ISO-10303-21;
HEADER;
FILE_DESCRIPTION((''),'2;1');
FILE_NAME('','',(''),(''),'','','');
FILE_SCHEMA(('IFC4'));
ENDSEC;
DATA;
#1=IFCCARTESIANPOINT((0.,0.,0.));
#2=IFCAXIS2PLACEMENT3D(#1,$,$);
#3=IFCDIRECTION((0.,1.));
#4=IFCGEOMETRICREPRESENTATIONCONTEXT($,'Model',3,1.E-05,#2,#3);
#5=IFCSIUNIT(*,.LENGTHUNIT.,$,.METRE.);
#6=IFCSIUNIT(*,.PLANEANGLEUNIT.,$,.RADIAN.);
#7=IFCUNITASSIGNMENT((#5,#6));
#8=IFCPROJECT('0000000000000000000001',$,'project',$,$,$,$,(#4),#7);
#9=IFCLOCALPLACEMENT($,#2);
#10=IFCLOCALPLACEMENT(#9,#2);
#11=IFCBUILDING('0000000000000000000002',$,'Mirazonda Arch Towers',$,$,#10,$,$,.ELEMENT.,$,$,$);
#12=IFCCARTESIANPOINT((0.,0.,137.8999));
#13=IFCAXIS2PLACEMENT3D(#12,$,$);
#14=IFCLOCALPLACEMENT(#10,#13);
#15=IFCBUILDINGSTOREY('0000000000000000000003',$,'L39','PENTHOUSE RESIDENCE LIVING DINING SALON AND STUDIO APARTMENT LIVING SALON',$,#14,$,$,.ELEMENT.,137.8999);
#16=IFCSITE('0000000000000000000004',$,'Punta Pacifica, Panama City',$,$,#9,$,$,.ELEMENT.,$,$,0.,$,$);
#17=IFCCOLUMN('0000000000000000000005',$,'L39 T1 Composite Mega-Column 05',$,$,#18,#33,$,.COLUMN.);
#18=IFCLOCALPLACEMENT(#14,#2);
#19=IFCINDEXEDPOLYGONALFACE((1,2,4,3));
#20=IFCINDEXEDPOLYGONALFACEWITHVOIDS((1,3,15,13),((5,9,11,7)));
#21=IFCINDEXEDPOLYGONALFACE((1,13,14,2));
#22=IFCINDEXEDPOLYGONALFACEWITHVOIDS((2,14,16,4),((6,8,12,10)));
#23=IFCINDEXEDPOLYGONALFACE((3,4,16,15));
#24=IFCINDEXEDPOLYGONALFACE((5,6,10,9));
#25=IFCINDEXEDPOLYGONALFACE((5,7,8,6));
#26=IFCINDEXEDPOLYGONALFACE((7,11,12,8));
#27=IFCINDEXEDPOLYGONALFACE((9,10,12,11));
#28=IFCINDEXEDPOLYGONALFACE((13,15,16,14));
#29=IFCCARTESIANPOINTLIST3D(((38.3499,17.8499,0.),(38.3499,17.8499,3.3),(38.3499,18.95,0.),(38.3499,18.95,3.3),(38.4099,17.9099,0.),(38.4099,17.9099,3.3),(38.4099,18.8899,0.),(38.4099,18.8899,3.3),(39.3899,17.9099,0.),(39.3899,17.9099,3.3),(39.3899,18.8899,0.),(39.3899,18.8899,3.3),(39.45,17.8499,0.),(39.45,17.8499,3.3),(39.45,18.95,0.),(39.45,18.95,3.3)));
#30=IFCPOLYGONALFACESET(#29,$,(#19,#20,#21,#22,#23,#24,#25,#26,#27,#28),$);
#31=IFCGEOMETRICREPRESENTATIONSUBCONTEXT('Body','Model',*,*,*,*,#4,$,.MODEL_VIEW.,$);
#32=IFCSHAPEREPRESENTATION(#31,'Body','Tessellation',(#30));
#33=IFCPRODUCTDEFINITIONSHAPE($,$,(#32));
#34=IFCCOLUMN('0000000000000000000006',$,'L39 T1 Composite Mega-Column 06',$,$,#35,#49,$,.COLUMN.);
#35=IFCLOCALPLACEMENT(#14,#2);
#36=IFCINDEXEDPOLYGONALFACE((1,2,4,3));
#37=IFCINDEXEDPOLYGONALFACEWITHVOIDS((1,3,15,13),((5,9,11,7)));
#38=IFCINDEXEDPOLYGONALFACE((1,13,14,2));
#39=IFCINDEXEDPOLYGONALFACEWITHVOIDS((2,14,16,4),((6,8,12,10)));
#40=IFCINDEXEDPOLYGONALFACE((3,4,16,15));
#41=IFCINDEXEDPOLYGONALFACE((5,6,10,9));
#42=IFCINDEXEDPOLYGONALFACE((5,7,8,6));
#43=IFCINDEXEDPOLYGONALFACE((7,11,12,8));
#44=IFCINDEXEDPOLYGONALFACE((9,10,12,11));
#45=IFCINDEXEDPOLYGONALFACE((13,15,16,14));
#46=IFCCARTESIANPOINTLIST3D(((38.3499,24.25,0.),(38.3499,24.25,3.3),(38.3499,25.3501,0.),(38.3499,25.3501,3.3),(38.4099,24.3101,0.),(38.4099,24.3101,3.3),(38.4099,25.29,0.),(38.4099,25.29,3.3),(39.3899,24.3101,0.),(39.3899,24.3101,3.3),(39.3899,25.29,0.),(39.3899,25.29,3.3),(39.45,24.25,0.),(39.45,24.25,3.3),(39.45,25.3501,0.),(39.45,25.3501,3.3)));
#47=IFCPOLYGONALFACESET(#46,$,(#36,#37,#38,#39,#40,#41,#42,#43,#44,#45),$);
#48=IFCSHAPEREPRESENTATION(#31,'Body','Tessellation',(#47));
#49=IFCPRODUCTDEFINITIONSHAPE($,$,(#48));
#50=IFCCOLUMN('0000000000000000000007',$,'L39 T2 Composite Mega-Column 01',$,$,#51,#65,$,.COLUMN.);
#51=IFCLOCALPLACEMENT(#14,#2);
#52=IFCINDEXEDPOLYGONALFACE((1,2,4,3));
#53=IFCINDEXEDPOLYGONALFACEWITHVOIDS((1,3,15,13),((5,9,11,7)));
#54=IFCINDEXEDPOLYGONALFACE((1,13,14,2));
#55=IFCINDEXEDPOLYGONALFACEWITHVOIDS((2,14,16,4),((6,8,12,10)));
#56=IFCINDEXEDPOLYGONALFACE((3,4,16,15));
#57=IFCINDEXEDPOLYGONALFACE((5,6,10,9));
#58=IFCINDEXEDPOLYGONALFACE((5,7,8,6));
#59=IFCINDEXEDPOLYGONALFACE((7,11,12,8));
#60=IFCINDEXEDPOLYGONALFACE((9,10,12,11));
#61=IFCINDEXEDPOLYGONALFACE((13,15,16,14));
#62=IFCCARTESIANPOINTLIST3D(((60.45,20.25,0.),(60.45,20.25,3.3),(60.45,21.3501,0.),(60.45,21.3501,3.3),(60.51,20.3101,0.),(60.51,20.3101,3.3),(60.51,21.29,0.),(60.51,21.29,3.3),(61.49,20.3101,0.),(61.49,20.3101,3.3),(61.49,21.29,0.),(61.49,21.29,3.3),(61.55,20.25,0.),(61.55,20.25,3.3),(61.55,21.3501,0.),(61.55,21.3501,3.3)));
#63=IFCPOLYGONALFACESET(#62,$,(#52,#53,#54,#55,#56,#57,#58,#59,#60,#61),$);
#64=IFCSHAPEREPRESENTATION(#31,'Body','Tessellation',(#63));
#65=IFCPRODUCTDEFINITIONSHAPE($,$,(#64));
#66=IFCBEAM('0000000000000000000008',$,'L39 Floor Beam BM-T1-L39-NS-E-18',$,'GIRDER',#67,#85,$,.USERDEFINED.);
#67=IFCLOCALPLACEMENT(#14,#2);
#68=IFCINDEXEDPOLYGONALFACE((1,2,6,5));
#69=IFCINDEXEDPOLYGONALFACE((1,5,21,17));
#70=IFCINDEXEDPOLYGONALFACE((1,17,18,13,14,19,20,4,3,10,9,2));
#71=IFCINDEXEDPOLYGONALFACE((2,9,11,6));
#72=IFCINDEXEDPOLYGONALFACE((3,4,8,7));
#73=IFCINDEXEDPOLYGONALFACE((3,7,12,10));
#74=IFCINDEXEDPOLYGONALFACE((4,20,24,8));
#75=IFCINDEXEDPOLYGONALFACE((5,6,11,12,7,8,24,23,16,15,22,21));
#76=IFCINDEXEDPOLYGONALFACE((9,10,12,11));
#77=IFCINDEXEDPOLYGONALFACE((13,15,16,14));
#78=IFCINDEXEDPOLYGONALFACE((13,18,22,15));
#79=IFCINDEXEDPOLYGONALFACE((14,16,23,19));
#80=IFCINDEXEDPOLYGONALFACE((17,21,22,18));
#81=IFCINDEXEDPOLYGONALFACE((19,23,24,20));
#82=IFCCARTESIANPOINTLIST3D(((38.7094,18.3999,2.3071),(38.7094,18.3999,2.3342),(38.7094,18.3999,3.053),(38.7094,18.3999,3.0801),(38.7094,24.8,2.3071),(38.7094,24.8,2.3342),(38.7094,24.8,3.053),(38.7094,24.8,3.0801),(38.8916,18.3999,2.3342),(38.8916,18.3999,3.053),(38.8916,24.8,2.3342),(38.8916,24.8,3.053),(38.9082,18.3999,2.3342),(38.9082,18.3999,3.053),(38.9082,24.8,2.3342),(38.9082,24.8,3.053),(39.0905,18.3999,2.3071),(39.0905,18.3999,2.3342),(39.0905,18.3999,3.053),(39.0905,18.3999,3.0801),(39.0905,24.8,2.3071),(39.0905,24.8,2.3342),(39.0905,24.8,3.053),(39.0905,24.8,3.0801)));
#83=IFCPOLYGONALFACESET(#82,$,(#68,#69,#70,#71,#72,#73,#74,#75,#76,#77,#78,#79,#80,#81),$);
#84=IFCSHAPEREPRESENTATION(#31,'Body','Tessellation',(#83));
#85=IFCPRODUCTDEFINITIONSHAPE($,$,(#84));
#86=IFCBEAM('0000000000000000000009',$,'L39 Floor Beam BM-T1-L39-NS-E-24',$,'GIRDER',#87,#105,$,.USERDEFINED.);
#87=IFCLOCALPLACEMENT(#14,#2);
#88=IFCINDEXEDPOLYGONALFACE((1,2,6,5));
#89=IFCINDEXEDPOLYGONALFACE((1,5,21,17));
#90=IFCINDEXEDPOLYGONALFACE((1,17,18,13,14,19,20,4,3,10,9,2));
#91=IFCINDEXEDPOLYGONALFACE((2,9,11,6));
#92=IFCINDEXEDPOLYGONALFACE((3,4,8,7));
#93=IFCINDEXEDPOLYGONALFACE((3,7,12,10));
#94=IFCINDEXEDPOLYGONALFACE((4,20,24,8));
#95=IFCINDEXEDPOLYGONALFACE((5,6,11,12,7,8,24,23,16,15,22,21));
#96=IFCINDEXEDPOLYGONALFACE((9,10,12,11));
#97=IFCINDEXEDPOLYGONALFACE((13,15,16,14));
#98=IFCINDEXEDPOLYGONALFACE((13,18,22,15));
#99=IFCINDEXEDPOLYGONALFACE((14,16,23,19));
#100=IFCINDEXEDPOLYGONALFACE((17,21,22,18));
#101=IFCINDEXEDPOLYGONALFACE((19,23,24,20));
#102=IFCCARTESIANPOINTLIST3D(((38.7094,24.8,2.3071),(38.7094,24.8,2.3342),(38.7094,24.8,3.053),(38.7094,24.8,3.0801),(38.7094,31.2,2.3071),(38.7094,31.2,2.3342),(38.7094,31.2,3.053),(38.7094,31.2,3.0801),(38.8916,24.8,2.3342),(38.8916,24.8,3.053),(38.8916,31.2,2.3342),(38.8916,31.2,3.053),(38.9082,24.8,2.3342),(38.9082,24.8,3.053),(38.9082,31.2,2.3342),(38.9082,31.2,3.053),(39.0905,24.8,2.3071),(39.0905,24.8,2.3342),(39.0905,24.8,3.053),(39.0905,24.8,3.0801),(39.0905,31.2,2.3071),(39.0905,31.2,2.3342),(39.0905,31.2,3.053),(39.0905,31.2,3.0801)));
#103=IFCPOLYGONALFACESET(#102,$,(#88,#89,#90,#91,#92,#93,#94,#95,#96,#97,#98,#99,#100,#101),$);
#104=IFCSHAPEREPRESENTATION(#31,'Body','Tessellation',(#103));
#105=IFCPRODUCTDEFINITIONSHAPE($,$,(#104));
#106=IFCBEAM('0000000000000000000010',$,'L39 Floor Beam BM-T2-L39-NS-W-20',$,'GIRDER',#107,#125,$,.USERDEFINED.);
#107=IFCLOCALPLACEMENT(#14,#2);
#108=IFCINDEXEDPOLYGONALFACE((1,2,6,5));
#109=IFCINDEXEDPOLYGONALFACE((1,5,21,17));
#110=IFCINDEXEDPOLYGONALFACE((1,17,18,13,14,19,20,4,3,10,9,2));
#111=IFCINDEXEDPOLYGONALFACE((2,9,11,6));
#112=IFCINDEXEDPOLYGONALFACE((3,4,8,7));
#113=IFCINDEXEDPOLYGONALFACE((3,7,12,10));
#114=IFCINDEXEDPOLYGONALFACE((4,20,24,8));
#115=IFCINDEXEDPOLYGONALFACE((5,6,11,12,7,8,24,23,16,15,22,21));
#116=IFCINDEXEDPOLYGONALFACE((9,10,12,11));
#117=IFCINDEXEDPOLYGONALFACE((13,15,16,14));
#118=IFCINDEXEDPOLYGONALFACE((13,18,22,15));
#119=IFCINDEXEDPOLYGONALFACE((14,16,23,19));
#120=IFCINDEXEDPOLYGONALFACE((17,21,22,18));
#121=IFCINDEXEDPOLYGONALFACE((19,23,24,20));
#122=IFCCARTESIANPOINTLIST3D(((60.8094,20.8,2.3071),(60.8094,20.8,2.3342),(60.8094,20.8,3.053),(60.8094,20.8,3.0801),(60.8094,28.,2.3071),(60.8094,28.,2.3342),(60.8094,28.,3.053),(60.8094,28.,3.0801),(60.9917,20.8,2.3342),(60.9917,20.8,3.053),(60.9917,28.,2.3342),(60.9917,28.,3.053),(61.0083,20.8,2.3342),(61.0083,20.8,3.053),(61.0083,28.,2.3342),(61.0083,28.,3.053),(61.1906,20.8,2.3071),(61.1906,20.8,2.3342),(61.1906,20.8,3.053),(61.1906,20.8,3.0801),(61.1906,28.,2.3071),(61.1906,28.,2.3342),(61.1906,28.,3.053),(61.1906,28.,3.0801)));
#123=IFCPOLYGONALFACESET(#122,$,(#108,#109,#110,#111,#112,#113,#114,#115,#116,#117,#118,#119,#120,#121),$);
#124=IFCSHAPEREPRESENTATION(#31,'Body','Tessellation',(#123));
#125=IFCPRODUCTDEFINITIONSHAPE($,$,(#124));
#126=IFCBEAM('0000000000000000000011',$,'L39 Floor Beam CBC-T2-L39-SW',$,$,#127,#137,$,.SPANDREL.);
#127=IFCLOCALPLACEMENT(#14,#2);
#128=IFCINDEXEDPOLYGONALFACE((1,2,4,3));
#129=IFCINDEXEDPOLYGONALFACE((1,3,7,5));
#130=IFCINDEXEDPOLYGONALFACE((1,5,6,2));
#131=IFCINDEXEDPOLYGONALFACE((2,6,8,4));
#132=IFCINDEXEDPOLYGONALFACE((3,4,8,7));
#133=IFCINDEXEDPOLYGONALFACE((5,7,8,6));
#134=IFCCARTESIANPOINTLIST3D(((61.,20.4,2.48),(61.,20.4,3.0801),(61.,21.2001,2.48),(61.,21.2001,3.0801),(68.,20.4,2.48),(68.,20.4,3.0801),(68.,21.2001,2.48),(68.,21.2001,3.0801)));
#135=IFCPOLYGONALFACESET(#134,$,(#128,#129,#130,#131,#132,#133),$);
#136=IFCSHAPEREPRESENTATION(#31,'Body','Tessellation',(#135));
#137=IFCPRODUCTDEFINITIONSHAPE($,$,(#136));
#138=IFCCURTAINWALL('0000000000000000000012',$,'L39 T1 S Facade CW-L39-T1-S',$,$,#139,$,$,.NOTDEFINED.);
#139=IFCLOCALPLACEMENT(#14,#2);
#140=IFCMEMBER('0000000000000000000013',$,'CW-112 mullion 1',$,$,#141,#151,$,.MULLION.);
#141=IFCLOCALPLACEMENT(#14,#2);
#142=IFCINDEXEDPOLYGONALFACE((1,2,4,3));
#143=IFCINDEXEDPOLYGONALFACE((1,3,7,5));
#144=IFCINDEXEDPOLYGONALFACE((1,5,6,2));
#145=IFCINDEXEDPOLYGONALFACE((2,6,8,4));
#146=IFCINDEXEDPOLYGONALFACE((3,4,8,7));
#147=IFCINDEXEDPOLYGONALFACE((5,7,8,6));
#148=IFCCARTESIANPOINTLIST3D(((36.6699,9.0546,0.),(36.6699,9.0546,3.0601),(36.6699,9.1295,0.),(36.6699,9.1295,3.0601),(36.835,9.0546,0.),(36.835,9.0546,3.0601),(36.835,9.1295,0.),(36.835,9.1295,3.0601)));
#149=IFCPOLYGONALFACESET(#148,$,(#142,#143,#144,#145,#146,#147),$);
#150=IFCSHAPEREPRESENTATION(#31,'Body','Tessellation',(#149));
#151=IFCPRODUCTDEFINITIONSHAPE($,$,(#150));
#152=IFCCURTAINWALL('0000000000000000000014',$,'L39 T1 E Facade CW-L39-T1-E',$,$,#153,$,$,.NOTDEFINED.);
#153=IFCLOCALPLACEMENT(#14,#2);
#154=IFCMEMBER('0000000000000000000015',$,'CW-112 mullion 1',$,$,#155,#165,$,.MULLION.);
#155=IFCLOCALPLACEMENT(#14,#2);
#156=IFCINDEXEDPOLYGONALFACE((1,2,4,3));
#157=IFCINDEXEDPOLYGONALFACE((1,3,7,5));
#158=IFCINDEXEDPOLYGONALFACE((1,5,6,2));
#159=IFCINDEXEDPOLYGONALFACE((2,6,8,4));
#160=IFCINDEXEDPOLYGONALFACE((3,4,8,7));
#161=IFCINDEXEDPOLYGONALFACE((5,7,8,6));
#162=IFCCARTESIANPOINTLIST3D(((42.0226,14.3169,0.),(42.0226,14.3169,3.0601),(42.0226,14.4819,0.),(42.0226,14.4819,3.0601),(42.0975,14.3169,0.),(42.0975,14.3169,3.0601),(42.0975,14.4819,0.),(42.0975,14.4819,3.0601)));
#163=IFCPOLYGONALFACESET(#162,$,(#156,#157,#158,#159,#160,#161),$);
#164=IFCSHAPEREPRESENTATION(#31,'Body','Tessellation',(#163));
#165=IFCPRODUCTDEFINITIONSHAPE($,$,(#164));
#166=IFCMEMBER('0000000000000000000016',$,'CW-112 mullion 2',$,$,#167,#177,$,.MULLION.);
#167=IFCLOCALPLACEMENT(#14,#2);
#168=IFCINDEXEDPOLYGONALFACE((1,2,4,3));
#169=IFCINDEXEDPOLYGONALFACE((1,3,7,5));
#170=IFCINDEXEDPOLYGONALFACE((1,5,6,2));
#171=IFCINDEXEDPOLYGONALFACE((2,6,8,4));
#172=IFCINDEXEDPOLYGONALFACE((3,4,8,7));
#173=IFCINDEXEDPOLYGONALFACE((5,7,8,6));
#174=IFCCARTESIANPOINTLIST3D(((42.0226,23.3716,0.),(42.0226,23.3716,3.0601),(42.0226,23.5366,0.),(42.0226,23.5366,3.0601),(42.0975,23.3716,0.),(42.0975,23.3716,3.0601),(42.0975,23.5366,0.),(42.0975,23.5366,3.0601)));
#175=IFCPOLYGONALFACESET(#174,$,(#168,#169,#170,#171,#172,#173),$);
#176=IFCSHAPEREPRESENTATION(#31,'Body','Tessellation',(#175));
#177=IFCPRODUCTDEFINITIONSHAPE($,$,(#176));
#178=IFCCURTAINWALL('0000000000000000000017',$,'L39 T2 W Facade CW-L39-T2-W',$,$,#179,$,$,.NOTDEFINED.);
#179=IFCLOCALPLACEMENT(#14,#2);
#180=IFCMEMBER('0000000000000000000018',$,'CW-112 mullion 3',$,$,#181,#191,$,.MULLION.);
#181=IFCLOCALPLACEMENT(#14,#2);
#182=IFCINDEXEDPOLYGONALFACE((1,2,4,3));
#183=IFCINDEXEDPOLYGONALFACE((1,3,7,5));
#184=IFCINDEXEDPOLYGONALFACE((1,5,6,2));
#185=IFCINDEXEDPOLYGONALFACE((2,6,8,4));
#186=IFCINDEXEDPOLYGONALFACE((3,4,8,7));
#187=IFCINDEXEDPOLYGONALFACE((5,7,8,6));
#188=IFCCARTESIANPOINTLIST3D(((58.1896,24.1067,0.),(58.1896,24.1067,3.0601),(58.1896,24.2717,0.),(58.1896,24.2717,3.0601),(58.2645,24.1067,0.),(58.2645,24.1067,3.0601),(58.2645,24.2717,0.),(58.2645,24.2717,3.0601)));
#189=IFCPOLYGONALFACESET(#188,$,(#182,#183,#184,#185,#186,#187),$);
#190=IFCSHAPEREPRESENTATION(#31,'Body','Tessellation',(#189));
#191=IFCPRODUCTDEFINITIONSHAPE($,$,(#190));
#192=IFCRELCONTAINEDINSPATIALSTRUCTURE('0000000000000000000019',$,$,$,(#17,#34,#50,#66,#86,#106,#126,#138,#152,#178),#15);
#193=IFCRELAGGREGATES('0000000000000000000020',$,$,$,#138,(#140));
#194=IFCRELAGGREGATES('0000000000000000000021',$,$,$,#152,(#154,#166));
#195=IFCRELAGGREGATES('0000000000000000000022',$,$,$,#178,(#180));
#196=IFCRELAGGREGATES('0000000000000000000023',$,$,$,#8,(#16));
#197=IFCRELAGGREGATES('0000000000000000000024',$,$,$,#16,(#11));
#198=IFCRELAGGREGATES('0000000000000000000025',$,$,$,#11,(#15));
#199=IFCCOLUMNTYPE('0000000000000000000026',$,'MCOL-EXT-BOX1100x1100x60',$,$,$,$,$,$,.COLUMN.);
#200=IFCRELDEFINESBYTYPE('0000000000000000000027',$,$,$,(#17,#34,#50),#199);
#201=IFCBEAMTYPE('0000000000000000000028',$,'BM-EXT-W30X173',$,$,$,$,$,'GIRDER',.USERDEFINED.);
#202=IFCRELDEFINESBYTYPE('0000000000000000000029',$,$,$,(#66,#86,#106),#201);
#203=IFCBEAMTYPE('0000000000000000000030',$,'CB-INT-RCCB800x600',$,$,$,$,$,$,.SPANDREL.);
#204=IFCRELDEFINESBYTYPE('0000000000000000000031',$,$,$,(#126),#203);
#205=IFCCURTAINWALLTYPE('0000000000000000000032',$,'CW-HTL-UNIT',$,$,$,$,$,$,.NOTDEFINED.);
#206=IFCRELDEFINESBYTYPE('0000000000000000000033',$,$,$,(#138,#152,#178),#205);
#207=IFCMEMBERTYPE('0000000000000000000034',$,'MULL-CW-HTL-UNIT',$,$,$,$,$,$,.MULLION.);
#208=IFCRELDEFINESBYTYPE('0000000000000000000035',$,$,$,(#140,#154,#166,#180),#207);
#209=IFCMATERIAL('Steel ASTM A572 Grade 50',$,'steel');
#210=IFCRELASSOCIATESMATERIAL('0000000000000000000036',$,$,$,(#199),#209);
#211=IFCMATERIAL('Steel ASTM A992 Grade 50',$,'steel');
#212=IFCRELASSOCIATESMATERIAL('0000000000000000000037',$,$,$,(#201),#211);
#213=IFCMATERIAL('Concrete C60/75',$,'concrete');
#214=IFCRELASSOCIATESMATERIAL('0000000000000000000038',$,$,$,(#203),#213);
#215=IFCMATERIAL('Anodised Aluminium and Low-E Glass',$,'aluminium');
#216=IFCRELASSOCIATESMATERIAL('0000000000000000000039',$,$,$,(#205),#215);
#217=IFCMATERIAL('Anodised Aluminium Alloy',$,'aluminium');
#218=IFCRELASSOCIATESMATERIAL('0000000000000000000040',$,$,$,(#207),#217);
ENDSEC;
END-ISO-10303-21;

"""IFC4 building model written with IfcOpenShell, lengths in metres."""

from ifc_helpers import new_model, si_unit, direction, frame, origin, origin_2d, place, context, subcontext, project, spatial, rectangle, hollow_rectangle, i_section, extrude, material, material_profile, profile_set, type_object, element, aggregate, save


model = new_model("IFC4")

# Units and contexts
model_context = context("Model", 3, precision=1e-05, world=origin(), true_north=direction((0.0, 1.0)))
body_context = subcontext(model_context, "Body", "Model", "MODEL_VIEW")
ifc_project = project(units=[si_unit("LENGTHUNIT", "METRE"), si_unit("PLANEANGLEUNIT", "RADIAN")], contexts=[model_context])

# Site, building, storey
site_placement = place(None, origin())
site = spatial("IfcSite", under=ifc_project, at=site_placement, Name="Punta Pacifica, Panama City", CompositionType="ELEMENT", RefElevation=0.0)
building_placement = place(site_placement, origin())
building = spatial("IfcBuilding", under=site, at=building_placement, Name="Mirazonda Arch Towers", CompositionType="ELEMENT")
storey_placement = place(building_placement, frame((0.0, 0.0, 137.8999)))
storey = spatial("IfcBuildingStorey", under=building, at=storey_placement, Name="L39", Description="PENTHOUSE RESIDENCE LIVING DINING SALON AND STUDIO APARTMENT LIVING SALON", CompositionType="ELEMENT", Elevation=137.8999)

# Columns
ifc_material_1 = material(Name="Steel ASTM A572 Grade 50", Category="steel")
ifc_material_profile_1 = material_profile(ifc_material_1, hollow_rectangle(XDim=1.1001, YDim=1.1001, WallThickness=0.0601, at=origin_2d()), Name="BOX1100x1100x60")
ifc_profile_set_1 = profile_set([ifc_material_profile_1], Name="Steel ASTM A572 Grade 50")
column_type = type_object("IfcColumnType", Name="MCOL-EXT-BOX1100x1100x60", PredefinedType="COLUMN", material=ifc_profile_set_1)
for number, where, z_axis, x_axis, name in (
    (1, (38.8999, 18.3999, 0.0), (0.0, 0.0, 1.0), (1.0, 0.0, 0.0), "L39 T1 Composite Mega-Column 05"),
    (2, (38.8999, 24.8, 0.0), (0.0, 0.0, 1.0), (1.0, 0.0, 0.0), "L39 T1 Composite Mega-Column 06"),
    (3, (61.0, 20.8, 0.0), (0.0, 0.0, 1.0), (1.0, 0.0, 0.0), "L39 T2 Composite Mega-Column 01"),
):
    element("IfcColumn", number, at=place(storey_placement, frame(where, z_axis=z_axis, x_axis=x_axis)), inside=storey, type_object=column_type, Name=name, PredefinedType="COLUMN", context=body_context, shape_type="SweptSolid", body=[
        extrude(hollow_rectangle(XDim=1.1001, YDim=1.1001, WallThickness=0.0601, at=origin_2d()), origin(), (0.0, 0.0, 1.0), 3.3),
    ])

# Beams
ifc_material_2 = material(Name="Steel ASTM A992 Grade 50", Category="steel")
ifc_material_profile_2 = material_profile(ifc_material_2, i_section(OverallWidth=0.3811, OverallDepth=0.7729, WebThickness=0.0166, FlangeThickness=0.0271, at=origin_2d()), Name="W30X173")
ifc_profile_set_2 = profile_set([ifc_material_profile_2], Name="Steel ASTM A992 Grade 50")
beam_type_1 = type_object("IfcBeamType", Name="BM-EXT-W30X173", ElementType="GIRDER", PredefinedType="USERDEFINED", material=ifc_profile_set_2)
beam_1_placement = place(storey_placement, frame((38.8999, 18.3999, 2.6936), z_axis=(0.0, 1.0, 0.0), x_axis=(-1.0, 0.0, 0.0)))
element("IfcBeam", 4, at=beam_1_placement, inside=storey, type_object=beam_type_1, Name="L39 Floor Beam BM-T1-L39-NS-E-18", ObjectType="GIRDER", PredefinedType="USERDEFINED", context=body_context, shape_type="SweptSolid", body=[
    extrude(i_section(OverallWidth=0.3811, OverallDepth=0.7729, WebThickness=0.0166, FlangeThickness=0.0271, at=origin_2d()), origin(), (0.0, 0.0, 1.0), 6.4001),
])
beam_2_placement = place(storey_placement, frame((38.8999, 24.8, 2.6936), z_axis=(0.0, 1.0, 0.0), x_axis=(-1.0, 0.0, 0.0)))
element("IfcBeam", 5, at=beam_2_placement, inside=storey, type_object=beam_type_1, Name="L39 Floor Beam BM-T1-L39-NS-E-24", ObjectType="GIRDER", PredefinedType="USERDEFINED", context=body_context, shape_type="SweptSolid", body=[
    extrude(i_section(OverallWidth=0.3811, OverallDepth=0.7729, WebThickness=0.0166, FlangeThickness=0.0271, at=origin_2d()), origin(), (0.0, 0.0, 1.0), 6.3999),
])
beam_3_placement = place(storey_placement, frame((61.0, 20.8, 2.6936), z_axis=(0.0, 1.0, 0.0), x_axis=(-1.0, 0.0, 0.0)))
element("IfcBeam", 6, at=beam_3_placement, inside=storey, type_object=beam_type_1, Name="L39 Floor Beam BM-T2-L39-NS-W-20", ObjectType="GIRDER", PredefinedType="USERDEFINED", context=body_context, shape_type="SweptSolid", body=[
    extrude(i_section(OverallWidth=0.3811, OverallDepth=0.7729, WebThickness=0.0166, FlangeThickness=0.0271, at=origin_2d()), origin(), (0.0, 0.0, 1.0), 7.2),
])
ifc_material_3 = material(Name="Concrete C60/75", Category="concrete")
ifc_material_profile_3 = material_profile(ifc_material_3, rectangle(XDim=0.8, YDim=0.6001, at=origin_2d()), Name="RCCB800x600")
ifc_profile_set_3 = profile_set([ifc_material_profile_3], Name="Concrete C60/75")
beam_type_2 = type_object("IfcBeamType", Name="CB-INT-RCCB800x600", PredefinedType="SPANDREL", material=ifc_profile_set_3)
beam_4_placement = place(storey_placement, frame((61.0, 20.8, 2.78), z_axis=(1.0, 0.0, 0.0), x_axis=(0.0, 1.0, 0.0)))
element("IfcBeam", 7, at=beam_4_placement, inside=storey, type_object=beam_type_2, Name="L39 Floor Beam CBC-T2-L39-SW", PredefinedType="SPANDREL", context=body_context, shape_type="SweptSolid", body=[
    extrude(rectangle(XDim=0.8, YDim=0.6001, at=origin_2d()), origin(), (0.0, 0.0, 1.0), 7.0),
])

# Curtain wall, member
ifc_material_4 = material(Name="Anodised Aluminium and Low-E Glass", Category="aluminium")
curtain_wall_type = type_object("IfcCurtainWallType", Name="CW-HTL-UNIT", PredefinedType="NOTDEFINED", material=ifc_material_4)
curtain_wall_1_placement = place(storey_placement, origin())
curtain_wall_1 = element("IfcCurtainWall", 8, at=curtain_wall_1_placement, inside=storey, type_object=curtain_wall_type, Name="L39 T1 S Facade CW-L39-T1-S", PredefinedType="NOTDEFINED")
ifc_material_5 = material(Name="Anodised Aluminium Alloy", Category="aluminium")
ifc_material_profile_4 = material_profile(ifc_material_5, rectangle(XDim=0.075, YDim=0.165, at=origin_2d()), Name="ALU-MULL-75x165")
ifc_profile_set_4 = profile_set([ifc_material_profile_4], Name="Anodised Aluminium Alloy")
member_type_1 = type_object("IfcMemberType", Name="MULL-CW-HTL-UNIT", PredefinedType="MULLION", material=ifc_profile_set_4)
member_1_placement = place(storey_placement, frame((36.7524, 9.092, 0.0), z_axis=(0.0, 0.0, 1.0), x_axis=(0.0, -1.0, 0.0)))
member_1 = element("IfcMember", 9, at=member_1_placement, type_object=member_type_1, Name="CW-112 mullion 1", PredefinedType="MULLION", context=body_context, shape_type="SweptSolid", body=[
    extrude(rectangle(XDim=0.075, YDim=0.165, at=origin_2d()), origin(), (0.0, 0.0, 1.0), 3.0601),
])

# Curtain walls, members
curtain_wall_2_placement = place(storey_placement, origin())
curtain_wall_2 = element("IfcCurtainWall", 10, at=curtain_wall_2_placement, inside=storey, type_object=curtain_wall_type, Name="L39 T1 E Facade CW-L39-T1-E", PredefinedType="NOTDEFINED")
member_2_placement = place(storey_placement, frame((42.0601, 14.3994, 0.0), z_axis=(0.0, 0.0, 1.0), x_axis=(-1.0, 0.0, 0.0)))
member_2 = element("IfcMember", 11, at=member_2_placement, type_object=member_type_1, Name="CW-112 mullion 1", PredefinedType="MULLION", context=body_context, shape_type="SweptSolid", body=[
    extrude(rectangle(XDim=0.075, YDim=0.165, at=origin_2d()), origin(), (0.0, 0.0, 1.0), 3.0601),
])
member_3_placement = place(storey_placement, frame((42.0601, 23.4541, 0.0), z_axis=(0.0, 0.0, 1.0), x_axis=(-1.0, 0.0, 0.0)))
member_3 = element("IfcMember", 12, at=member_3_placement, type_object=member_type_1, Name="CW-112 mullion 2", PredefinedType="MULLION", context=body_context, shape_type="SweptSolid", body=[
    extrude(rectangle(XDim=0.075, YDim=0.165, at=origin_2d()), origin(), (0.0, 0.0, 1.0), 3.0601),
])
curtain_wall_3_placement = place(storey_placement, origin())
curtain_wall_3 = element("IfcCurtainWall", 13, at=curtain_wall_3_placement, inside=storey, type_object=curtain_wall_type, Name="L39 T2 W Facade CW-L39-T2-W", PredefinedType="NOTDEFINED")
member_4_placement = place(storey_placement, frame((58.2271, 24.1892, 0.0), z_axis=(0.0, 0.0, 1.0), x_axis=(1.0, 0.0, 0.0)))
member_4 = element("IfcMember", 14, at=member_4_placement, type_object=member_type_1, Name="CW-112 mullion 3", PredefinedType="MULLION", context=body_context, shape_type="SweptSolid", body=[
    extrude(rectangle(XDim=0.075, YDim=0.165, at=origin_2d()), origin(), (0.0, 0.0, 1.0), 3.0601),
])

aggregate(curtain_wall_1, [member_1])

aggregate(curtain_wall_2, [member_2, member_3])
aggregate(curtain_wall_3, [member_4])

save(model, "model.ifc")
